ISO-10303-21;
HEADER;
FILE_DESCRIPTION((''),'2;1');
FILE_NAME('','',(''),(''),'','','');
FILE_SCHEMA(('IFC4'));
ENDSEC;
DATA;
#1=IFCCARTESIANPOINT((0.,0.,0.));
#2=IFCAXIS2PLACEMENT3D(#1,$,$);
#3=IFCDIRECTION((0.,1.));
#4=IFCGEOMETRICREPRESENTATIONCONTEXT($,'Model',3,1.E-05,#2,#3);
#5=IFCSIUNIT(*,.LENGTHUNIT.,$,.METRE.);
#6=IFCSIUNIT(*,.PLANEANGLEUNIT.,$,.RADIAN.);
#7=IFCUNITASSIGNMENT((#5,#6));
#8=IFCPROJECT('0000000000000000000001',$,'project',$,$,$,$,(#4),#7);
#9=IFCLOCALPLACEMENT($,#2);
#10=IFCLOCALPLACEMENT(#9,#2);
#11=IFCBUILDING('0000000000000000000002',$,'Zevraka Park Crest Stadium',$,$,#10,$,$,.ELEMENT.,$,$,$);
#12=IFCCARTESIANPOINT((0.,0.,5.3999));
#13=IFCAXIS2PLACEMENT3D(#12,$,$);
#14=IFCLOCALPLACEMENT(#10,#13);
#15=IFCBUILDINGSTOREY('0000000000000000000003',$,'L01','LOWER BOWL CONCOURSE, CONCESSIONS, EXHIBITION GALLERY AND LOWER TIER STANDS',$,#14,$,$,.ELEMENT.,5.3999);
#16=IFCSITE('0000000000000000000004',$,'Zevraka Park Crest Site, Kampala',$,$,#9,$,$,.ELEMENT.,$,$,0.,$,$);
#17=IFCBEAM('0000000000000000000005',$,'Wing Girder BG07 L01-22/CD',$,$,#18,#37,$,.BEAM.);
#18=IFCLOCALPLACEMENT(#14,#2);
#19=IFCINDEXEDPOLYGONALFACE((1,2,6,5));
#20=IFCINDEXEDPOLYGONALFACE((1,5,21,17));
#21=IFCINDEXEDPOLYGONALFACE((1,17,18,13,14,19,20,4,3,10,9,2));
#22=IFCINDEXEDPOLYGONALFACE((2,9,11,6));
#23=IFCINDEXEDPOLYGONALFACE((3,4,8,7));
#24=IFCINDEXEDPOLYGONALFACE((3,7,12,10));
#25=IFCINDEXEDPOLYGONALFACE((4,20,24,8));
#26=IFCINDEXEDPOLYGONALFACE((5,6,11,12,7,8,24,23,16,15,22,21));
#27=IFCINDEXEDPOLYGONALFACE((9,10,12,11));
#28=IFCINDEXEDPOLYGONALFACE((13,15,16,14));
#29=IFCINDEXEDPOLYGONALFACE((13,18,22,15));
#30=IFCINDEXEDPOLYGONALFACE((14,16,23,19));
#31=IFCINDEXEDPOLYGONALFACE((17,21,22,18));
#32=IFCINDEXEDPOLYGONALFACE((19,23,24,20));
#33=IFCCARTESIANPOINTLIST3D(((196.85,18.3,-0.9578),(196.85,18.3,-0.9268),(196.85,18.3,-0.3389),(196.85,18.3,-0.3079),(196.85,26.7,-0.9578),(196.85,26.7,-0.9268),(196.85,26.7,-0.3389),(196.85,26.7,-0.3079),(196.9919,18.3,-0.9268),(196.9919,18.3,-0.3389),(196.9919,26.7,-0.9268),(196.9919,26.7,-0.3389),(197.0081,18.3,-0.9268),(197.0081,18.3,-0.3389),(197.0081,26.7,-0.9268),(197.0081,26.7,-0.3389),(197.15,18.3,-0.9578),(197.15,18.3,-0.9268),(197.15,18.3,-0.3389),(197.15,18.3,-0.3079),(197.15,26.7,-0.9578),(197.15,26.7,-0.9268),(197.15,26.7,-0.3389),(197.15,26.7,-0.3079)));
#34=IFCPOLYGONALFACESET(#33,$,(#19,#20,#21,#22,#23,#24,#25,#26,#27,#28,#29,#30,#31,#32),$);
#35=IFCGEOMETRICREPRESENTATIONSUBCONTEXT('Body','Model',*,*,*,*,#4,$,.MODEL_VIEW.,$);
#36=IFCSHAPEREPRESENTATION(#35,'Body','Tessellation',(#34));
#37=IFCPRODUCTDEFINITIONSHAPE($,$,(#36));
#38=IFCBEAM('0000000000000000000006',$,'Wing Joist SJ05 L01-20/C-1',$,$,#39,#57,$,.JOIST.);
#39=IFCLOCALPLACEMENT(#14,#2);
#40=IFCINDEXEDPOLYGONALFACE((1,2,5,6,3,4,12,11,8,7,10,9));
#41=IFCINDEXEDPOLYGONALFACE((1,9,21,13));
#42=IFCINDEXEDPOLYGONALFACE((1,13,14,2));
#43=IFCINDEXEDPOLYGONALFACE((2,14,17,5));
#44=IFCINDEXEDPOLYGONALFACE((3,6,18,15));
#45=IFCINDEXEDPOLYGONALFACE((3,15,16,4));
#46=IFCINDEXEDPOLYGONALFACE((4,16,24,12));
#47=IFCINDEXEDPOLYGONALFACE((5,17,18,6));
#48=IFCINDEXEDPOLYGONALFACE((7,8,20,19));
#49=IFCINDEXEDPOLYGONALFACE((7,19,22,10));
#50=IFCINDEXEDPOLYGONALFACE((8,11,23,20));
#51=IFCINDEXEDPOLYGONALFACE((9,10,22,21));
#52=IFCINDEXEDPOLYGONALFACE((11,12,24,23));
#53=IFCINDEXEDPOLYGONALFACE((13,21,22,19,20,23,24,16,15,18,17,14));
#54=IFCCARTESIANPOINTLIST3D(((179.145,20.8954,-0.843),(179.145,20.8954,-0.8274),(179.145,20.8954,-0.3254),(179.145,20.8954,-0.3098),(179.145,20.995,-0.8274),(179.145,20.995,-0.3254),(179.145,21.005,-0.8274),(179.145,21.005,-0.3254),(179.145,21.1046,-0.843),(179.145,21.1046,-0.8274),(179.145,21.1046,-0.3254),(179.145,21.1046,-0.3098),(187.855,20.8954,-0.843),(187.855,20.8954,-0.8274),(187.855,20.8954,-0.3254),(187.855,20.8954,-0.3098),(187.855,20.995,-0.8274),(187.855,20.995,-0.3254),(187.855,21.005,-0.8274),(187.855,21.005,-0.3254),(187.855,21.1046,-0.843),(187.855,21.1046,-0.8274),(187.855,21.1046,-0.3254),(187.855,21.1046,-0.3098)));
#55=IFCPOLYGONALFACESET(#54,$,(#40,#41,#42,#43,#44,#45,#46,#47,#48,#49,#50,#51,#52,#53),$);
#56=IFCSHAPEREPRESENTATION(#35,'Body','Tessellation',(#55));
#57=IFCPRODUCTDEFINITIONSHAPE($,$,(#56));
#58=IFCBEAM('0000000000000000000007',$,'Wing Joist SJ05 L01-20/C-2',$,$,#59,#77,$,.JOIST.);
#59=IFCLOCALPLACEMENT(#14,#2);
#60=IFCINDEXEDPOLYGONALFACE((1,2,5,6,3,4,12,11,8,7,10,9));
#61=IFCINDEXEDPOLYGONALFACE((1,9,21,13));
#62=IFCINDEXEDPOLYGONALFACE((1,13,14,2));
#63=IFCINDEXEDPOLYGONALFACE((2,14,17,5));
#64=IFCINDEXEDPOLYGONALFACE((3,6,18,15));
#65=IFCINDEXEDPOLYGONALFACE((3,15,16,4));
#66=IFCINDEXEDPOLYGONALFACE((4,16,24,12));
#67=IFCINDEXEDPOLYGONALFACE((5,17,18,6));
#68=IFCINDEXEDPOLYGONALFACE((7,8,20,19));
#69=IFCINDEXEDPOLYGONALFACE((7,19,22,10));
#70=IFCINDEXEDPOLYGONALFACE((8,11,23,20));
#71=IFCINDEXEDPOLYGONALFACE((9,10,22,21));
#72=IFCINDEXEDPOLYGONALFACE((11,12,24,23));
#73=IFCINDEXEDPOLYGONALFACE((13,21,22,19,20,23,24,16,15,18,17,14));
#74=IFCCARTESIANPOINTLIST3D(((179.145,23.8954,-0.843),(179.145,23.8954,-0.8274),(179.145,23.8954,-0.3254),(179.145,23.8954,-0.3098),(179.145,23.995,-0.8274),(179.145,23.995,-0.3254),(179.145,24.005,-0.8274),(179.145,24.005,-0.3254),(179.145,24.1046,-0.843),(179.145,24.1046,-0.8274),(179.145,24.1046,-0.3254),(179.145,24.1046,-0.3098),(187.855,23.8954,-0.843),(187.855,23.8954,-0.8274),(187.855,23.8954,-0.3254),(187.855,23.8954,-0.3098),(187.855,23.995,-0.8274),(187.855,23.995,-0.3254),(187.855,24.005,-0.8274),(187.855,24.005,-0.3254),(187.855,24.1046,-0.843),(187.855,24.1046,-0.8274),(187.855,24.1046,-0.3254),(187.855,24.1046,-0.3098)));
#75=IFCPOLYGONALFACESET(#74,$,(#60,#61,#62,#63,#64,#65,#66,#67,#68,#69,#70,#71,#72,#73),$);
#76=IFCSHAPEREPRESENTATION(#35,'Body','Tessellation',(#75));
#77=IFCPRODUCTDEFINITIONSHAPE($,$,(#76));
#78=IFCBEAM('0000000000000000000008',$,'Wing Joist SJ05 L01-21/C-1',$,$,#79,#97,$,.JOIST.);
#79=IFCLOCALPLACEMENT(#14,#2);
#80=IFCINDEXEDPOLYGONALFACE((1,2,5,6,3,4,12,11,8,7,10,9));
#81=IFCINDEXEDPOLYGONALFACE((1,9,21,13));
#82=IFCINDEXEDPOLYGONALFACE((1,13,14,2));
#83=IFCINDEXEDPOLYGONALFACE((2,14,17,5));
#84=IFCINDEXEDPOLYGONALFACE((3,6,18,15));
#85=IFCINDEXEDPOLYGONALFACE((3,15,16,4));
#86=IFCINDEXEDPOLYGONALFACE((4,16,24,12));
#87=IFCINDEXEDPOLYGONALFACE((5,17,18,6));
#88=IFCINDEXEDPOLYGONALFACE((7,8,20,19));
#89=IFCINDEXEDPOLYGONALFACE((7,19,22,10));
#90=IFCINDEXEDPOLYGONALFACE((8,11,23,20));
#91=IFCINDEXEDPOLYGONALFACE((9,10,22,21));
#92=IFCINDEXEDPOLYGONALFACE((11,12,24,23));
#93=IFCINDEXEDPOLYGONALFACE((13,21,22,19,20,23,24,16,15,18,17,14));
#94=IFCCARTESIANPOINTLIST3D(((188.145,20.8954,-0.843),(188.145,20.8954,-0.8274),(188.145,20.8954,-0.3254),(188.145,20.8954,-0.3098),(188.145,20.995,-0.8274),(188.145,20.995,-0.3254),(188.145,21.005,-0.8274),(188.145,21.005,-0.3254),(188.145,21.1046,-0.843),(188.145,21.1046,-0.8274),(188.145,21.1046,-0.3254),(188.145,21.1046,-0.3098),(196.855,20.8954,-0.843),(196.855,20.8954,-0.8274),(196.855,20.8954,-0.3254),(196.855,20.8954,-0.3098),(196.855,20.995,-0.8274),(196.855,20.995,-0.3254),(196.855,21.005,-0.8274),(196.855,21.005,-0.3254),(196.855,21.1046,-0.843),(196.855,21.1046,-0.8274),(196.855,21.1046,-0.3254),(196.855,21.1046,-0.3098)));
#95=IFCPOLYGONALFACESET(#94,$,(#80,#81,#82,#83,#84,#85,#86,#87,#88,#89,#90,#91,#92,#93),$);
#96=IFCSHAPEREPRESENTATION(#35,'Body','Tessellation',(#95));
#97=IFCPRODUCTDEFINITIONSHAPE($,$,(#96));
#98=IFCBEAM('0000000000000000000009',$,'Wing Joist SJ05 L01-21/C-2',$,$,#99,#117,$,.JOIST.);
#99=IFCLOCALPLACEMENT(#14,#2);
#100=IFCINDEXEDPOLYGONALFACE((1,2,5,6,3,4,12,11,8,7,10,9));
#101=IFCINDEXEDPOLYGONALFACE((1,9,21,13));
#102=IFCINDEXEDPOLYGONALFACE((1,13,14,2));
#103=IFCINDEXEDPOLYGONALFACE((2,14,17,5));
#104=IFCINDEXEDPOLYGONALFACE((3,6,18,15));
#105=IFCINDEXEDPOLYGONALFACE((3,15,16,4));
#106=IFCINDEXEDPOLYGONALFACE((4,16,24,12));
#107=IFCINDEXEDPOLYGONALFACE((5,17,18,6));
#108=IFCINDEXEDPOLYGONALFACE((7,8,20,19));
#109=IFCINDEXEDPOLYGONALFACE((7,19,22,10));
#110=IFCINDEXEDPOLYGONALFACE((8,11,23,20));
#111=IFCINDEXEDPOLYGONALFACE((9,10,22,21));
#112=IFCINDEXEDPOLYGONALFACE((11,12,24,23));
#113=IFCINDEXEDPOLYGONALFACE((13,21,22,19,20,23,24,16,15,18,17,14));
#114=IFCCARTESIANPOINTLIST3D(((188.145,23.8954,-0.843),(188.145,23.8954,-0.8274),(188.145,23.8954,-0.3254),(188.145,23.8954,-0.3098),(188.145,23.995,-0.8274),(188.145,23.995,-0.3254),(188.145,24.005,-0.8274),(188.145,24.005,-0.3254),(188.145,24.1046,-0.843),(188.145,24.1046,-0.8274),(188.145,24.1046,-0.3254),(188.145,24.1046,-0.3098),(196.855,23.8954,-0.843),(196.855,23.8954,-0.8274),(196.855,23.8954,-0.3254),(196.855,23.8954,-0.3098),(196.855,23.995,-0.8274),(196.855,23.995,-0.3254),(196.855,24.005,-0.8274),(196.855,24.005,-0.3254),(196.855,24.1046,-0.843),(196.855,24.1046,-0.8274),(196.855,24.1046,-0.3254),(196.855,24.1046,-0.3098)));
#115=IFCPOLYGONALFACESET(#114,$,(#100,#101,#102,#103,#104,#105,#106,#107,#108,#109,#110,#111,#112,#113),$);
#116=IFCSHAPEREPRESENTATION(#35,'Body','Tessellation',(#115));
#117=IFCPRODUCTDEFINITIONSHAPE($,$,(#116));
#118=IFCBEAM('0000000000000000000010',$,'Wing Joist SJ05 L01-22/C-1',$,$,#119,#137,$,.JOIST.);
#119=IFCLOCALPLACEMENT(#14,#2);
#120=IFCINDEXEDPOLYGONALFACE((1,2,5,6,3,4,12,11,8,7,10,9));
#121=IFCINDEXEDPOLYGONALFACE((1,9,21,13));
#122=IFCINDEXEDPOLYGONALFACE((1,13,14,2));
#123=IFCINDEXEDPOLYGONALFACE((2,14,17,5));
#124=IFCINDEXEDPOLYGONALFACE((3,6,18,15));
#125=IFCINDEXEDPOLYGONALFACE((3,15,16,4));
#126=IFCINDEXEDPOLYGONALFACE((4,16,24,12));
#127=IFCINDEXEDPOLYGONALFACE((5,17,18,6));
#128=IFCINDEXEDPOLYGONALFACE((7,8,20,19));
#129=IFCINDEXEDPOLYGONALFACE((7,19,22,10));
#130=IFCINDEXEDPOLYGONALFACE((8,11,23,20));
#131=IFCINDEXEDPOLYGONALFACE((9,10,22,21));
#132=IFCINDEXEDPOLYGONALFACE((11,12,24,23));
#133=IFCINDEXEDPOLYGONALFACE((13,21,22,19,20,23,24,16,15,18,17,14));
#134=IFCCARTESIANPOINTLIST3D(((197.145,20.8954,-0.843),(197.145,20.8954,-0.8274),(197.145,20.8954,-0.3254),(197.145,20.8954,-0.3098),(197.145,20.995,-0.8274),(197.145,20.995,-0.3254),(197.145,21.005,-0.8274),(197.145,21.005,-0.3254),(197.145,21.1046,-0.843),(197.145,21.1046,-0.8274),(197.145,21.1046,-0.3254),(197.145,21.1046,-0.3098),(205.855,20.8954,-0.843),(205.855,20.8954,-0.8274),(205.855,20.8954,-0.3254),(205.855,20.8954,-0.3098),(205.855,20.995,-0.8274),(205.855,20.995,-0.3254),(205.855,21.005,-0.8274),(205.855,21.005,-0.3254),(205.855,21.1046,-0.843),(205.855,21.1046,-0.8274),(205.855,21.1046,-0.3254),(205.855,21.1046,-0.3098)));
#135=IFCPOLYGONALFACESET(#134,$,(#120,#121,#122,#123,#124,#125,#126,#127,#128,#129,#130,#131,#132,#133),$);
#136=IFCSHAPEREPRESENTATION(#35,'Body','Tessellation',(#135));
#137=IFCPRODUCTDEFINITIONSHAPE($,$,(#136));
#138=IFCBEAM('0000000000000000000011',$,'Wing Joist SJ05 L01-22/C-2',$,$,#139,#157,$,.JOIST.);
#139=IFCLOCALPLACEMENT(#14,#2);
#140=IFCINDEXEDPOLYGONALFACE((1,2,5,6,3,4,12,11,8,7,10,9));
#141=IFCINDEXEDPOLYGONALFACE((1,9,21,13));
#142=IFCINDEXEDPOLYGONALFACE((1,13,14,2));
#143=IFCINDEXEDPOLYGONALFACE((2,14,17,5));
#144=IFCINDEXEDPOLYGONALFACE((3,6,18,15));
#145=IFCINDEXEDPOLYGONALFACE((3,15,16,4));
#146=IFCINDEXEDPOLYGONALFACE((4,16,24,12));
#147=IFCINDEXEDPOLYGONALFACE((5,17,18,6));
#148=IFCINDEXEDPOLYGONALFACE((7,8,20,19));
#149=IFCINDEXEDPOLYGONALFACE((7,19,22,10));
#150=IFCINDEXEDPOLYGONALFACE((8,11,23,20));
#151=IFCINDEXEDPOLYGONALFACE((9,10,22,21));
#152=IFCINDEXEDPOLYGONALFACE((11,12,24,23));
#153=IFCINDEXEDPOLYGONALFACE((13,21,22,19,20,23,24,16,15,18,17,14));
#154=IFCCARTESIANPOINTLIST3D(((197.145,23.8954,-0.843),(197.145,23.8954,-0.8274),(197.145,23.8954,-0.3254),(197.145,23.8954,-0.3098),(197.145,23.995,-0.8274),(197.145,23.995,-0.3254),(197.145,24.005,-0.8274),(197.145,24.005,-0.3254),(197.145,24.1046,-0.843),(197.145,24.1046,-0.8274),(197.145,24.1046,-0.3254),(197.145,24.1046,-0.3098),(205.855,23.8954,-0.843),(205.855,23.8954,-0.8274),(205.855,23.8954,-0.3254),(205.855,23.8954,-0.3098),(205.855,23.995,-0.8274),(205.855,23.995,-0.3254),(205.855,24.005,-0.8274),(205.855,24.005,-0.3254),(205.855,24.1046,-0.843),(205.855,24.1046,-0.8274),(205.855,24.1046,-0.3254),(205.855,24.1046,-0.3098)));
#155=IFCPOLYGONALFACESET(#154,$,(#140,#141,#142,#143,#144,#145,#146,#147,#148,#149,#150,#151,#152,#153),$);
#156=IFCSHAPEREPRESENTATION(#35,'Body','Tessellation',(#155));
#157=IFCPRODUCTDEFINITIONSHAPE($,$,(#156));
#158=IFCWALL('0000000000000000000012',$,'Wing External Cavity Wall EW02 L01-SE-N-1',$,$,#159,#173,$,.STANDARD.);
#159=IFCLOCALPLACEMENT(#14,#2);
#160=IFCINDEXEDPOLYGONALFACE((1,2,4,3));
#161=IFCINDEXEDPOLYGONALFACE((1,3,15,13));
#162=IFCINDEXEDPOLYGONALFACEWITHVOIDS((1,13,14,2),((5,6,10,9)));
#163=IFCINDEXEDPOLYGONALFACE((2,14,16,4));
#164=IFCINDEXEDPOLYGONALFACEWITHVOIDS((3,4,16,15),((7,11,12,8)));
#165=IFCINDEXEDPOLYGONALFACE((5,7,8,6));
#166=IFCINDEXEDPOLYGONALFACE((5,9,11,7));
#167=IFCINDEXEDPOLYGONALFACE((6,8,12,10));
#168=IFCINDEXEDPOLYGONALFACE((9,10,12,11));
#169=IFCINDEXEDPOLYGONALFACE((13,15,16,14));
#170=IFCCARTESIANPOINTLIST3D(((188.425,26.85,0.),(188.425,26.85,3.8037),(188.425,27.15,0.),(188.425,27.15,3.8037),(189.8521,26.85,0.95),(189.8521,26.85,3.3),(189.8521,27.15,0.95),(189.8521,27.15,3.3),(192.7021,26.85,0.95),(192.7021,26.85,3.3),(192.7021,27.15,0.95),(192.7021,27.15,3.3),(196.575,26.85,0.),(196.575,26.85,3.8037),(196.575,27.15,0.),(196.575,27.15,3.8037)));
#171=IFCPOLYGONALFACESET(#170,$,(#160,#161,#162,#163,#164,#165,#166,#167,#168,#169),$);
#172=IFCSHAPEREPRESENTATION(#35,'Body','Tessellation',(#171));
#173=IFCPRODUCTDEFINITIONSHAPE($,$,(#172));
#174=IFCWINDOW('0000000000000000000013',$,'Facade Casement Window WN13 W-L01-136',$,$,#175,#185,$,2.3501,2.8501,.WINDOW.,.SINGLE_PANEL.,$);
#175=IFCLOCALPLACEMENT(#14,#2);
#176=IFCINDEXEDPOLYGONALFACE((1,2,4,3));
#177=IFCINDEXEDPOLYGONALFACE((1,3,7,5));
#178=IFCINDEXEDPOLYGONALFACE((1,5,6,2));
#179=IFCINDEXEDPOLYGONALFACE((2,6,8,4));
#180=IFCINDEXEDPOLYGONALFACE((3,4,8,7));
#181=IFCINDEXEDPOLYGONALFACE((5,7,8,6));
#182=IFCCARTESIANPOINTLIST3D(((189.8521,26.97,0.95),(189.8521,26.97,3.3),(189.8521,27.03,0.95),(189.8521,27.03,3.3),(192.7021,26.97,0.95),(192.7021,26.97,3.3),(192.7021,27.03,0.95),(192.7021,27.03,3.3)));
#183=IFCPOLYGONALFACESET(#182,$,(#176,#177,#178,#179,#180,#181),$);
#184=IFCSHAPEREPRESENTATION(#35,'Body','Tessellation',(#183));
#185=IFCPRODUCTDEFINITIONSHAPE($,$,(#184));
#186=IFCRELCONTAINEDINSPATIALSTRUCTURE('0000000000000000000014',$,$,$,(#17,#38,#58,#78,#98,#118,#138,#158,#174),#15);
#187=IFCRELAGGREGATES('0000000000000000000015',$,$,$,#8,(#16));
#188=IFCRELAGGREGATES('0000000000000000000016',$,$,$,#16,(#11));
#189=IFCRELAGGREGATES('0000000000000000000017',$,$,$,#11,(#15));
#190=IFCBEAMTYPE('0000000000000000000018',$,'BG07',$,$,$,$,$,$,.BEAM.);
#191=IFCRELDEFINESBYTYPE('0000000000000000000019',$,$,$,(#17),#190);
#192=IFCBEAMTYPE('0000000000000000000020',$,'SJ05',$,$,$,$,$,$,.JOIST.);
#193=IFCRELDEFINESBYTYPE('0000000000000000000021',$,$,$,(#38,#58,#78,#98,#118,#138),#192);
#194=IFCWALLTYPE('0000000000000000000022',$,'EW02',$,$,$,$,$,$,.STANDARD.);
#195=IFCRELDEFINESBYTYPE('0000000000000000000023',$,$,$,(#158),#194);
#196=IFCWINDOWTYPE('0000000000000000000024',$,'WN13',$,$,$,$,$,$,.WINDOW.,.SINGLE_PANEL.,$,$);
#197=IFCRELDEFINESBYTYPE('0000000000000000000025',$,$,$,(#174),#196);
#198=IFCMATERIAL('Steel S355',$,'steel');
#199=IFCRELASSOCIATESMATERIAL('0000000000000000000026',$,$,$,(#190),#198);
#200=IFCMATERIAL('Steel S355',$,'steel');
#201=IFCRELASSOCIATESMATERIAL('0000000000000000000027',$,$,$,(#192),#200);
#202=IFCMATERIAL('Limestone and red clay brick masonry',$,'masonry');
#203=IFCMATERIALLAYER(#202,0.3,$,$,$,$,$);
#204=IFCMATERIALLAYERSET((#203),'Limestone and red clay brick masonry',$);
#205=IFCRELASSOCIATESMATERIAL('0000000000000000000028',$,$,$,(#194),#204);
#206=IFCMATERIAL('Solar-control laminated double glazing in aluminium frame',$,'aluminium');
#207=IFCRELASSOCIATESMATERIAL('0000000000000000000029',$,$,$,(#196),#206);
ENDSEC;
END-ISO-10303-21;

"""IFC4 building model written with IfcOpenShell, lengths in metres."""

from ifc_helpers import new_model, si_unit, direction, frame, frame_2d, origin, origin_2d, place, context, subcontext, project, spatial, rectangle, i_section, extrude, material, layer, layer_set, material_profile, profile_set, type_object, element, fill, save


model = new_model("IFC4")

# Units and contexts
model_context = context("Model", 3, precision=1e-05, world=origin(), true_north=direction((0.0, 1.0)))
body_context = subcontext(model_context, "Body", "Model", "MODEL_VIEW")
ifc_project = project(units=[si_unit("LENGTHUNIT", "METRE"), si_unit("PLANEANGLEUNIT", "RADIAN")], contexts=[model_context])

# Site, building, storey
site_placement = place(None, origin())
site = spatial("IfcSite", under=ifc_project, at=site_placement, Name="Zevraka Park Crest Site, Kampala", CompositionType="ELEMENT", RefElevation=0.0)
building_placement = place(site_placement, origin())
building = spatial("IfcBuilding", under=site, at=building_placement, Name="Zevraka Park Crest Stadium", CompositionType="ELEMENT")
storey_placement = place(building_placement, frame((0.0, 0.0, 5.3999)))
storey = spatial("IfcBuildingStorey", under=building, at=storey_placement, Name="L01", Description="LOWER BOWL CONCOURSE, CONCESSIONS, EXHIBITION GALLERY AND LOWER TIER STANDS", CompositionType="ELEMENT", Elevation=5.3999)

# Beams
ifc_material_1 = material(Name="Steel S355", Category="steel")
ifc_material_profile_1 = material_profile(ifc_material_1, i_section(OverallWidth=0.3, OverallDepth=0.6499, WebThickness=0.0161, FlangeThickness=0.031, at=origin_2d()), Name="HEB 650")
ifc_profile_set_1 = profile_set([ifc_material_profile_1], Name="Steel S355")
beam_type_1 = type_object("IfcBeamType", Name="BG07", PredefinedType="BEAM", material=ifc_profile_set_1)
for number, where, z_axis, x_axis, name in (
    (1, (197.0, 18.3, -0.6328), (0.0, 1.0, 0.0), (-1.0, 0.0, 0.0), "Wing Girder BG07 L01-22/CD"),
):
    element("IfcBeam", number, at=place(storey_placement, frame(where, z_axis=z_axis, x_axis=x_axis)), inside=storey, type_object=beam_type_1, Name=name, PredefinedType="BEAM", context=body_context, shape_type="SweptSolid", body=[
        extrude(i_section(OverallWidth=0.3, OverallDepth=0.6499, WebThickness=0.0161, FlangeThickness=0.031, at=origin_2d()), origin(), (0.0, 0.0, 1.0), 8.3999),
    ])
ifc_material_2 = material(Name="Steel S355", Category="steel")
ifc_material_profile_2 = material_profile(ifc_material_2, i_section(OverallWidth=0.2092, OverallDepth=0.5332, WebThickness=0.01, FlangeThickness=0.0156, at=origin_2d()), Name="UKB 533x210x92")
ifc_profile_set_2 = profile_set([ifc_material_profile_2], Name="Steel S355")
beam_type_2 = type_object("IfcBeamType", Name="SJ05", PredefinedType="JOIST", material=ifc_profile_set_2)
for number, where, z_axis, x_axis, name in (
    (2, (179.145, 21.0, -0.5764), (1.0, 0.0, 0.0), (0.0, 1.0, 0.0), "Wing Joist SJ05 L01-20/C-1"),
    (3, (179.145, 24.0, -0.5764), (1.0, 0.0, 0.0), (0.0, 1.0, 0.0), "Wing Joist SJ05 L01-20/C-2"),
    (4, (188.145, 21.0, -0.5764), (1.0, 0.0, 0.0), (0.0, 1.0, 0.0), "Wing Joist SJ05 L01-21/C-1"),
    (5, (188.145, 24.0, -0.5764), (1.0, 0.0, 0.0), (0.0, 1.0, 0.0), "Wing Joist SJ05 L01-21/C-2"),
    (6, (197.145, 21.0, -0.5764), (1.0, 0.0, 0.0), (0.0, 1.0, 0.0), "Wing Joist SJ05 L01-22/C-1"),
    (7, (197.145, 24.0, -0.5764), (1.0, 0.0, 0.0), (0.0, 1.0, 0.0), "Wing Joist SJ05 L01-22/C-2"),
):
    element("IfcBeam", number, at=place(storey_placement, frame(where, z_axis=z_axis, x_axis=x_axis)), inside=storey, type_object=beam_type_2, Name=name, PredefinedType="JOIST", context=body_context, shape_type="SweptSolid", body=[
        extrude(i_section(OverallWidth=0.2092, OverallDepth=0.5332, WebThickness=0.01, FlangeThickness=0.0156, at=origin_2d()), origin(), (0.0, 0.0, 1.0), 8.71),
    ])

# Wall, opening, window
ifc_material_3 = material(Name="Limestone and red clay brick masonry", Category="masonry")
ifc_layer_1 = layer(ifc_material_3, 0.3)
ifc_layer_set_1 = layer_set([ifc_layer_1], Name="Limestone and red clay brick masonry")
wall_type_1 = type_object("IfcWallType", Name="EW02", PredefinedType="STANDARD", material=ifc_layer_set_1)
wall_1_placement = place(storey_placement, frame((188.425, 27.0, 0.0), z_axis=(0.0, 0.0, 1.0), x_axis=(1.0, 0.0, 0.0)))
wall_1 = element("IfcWall", 8, at=wall_1_placement, inside=storey, type_object=wall_type_1, Name="Wing External Cavity Wall EW02 L01-SE-N-1", PredefinedType="STANDARD", context=body_context, shape_type="SweptSolid", body=[
    extrude(rectangle(XDim=8.1499, YDim=0.3, at=frame_2d((4.075, 0.0))), origin(), (0.0, 0.0, 1.0), 3.8037),
])
opening_1_placement = place(wall_1_placement, frame((1.427, 0.0, 0.95)))
opening_1 = element("IfcOpeningElement", 9, at=opening_1_placement, cuts=wall_1, PredefinedType="OPENING", context=body_context, shape_type="SweptSolid", body=[
    extrude(rectangle(XDim=2.8501, YDim=2.3501, at=frame_2d((1.425, 1.175))), frame((0.0, 0.1599, 0.0), z_axis=(0.0, -1.0, 0.0), x_axis=(1.0, 0.0, 0.0)), (0.0, 0.0, 1.0), 0.3201),
])
ifc_material_4 = material(Name="Solar-control laminated double glazing in aluminium frame", Category="aluminium")
window_type = type_object("IfcWindowType", Name="WN13", PartitioningType="SINGLE_PANEL", PredefinedType="WINDOW", material=ifc_material_4)
window_placement = place(opening_1_placement, origin())
window = element("IfcWindow", 10, at=window_placement, inside=storey, type_object=window_type, Name="Facade Casement Window WN13 W-L01-136", OverallHeight=2.3501, OverallWidth=2.8501, PartitioningType="SINGLE_PANEL", PredefinedType="WINDOW", context=body_context, shape_type="SweptSolid", body=[
    extrude(rectangle(XDim=2.8501, YDim=2.3501, at=frame_2d((1.425, 1.175))), frame((0.0, 0.03, 0.0), z_axis=(0.0, -1.0, 0.0), x_axis=(1.0, 0.0, 0.0)), (0.0, 0.0, 1.0), 0.0601),
])
fill(opening_1, window)

save(model, "model.ifc")
